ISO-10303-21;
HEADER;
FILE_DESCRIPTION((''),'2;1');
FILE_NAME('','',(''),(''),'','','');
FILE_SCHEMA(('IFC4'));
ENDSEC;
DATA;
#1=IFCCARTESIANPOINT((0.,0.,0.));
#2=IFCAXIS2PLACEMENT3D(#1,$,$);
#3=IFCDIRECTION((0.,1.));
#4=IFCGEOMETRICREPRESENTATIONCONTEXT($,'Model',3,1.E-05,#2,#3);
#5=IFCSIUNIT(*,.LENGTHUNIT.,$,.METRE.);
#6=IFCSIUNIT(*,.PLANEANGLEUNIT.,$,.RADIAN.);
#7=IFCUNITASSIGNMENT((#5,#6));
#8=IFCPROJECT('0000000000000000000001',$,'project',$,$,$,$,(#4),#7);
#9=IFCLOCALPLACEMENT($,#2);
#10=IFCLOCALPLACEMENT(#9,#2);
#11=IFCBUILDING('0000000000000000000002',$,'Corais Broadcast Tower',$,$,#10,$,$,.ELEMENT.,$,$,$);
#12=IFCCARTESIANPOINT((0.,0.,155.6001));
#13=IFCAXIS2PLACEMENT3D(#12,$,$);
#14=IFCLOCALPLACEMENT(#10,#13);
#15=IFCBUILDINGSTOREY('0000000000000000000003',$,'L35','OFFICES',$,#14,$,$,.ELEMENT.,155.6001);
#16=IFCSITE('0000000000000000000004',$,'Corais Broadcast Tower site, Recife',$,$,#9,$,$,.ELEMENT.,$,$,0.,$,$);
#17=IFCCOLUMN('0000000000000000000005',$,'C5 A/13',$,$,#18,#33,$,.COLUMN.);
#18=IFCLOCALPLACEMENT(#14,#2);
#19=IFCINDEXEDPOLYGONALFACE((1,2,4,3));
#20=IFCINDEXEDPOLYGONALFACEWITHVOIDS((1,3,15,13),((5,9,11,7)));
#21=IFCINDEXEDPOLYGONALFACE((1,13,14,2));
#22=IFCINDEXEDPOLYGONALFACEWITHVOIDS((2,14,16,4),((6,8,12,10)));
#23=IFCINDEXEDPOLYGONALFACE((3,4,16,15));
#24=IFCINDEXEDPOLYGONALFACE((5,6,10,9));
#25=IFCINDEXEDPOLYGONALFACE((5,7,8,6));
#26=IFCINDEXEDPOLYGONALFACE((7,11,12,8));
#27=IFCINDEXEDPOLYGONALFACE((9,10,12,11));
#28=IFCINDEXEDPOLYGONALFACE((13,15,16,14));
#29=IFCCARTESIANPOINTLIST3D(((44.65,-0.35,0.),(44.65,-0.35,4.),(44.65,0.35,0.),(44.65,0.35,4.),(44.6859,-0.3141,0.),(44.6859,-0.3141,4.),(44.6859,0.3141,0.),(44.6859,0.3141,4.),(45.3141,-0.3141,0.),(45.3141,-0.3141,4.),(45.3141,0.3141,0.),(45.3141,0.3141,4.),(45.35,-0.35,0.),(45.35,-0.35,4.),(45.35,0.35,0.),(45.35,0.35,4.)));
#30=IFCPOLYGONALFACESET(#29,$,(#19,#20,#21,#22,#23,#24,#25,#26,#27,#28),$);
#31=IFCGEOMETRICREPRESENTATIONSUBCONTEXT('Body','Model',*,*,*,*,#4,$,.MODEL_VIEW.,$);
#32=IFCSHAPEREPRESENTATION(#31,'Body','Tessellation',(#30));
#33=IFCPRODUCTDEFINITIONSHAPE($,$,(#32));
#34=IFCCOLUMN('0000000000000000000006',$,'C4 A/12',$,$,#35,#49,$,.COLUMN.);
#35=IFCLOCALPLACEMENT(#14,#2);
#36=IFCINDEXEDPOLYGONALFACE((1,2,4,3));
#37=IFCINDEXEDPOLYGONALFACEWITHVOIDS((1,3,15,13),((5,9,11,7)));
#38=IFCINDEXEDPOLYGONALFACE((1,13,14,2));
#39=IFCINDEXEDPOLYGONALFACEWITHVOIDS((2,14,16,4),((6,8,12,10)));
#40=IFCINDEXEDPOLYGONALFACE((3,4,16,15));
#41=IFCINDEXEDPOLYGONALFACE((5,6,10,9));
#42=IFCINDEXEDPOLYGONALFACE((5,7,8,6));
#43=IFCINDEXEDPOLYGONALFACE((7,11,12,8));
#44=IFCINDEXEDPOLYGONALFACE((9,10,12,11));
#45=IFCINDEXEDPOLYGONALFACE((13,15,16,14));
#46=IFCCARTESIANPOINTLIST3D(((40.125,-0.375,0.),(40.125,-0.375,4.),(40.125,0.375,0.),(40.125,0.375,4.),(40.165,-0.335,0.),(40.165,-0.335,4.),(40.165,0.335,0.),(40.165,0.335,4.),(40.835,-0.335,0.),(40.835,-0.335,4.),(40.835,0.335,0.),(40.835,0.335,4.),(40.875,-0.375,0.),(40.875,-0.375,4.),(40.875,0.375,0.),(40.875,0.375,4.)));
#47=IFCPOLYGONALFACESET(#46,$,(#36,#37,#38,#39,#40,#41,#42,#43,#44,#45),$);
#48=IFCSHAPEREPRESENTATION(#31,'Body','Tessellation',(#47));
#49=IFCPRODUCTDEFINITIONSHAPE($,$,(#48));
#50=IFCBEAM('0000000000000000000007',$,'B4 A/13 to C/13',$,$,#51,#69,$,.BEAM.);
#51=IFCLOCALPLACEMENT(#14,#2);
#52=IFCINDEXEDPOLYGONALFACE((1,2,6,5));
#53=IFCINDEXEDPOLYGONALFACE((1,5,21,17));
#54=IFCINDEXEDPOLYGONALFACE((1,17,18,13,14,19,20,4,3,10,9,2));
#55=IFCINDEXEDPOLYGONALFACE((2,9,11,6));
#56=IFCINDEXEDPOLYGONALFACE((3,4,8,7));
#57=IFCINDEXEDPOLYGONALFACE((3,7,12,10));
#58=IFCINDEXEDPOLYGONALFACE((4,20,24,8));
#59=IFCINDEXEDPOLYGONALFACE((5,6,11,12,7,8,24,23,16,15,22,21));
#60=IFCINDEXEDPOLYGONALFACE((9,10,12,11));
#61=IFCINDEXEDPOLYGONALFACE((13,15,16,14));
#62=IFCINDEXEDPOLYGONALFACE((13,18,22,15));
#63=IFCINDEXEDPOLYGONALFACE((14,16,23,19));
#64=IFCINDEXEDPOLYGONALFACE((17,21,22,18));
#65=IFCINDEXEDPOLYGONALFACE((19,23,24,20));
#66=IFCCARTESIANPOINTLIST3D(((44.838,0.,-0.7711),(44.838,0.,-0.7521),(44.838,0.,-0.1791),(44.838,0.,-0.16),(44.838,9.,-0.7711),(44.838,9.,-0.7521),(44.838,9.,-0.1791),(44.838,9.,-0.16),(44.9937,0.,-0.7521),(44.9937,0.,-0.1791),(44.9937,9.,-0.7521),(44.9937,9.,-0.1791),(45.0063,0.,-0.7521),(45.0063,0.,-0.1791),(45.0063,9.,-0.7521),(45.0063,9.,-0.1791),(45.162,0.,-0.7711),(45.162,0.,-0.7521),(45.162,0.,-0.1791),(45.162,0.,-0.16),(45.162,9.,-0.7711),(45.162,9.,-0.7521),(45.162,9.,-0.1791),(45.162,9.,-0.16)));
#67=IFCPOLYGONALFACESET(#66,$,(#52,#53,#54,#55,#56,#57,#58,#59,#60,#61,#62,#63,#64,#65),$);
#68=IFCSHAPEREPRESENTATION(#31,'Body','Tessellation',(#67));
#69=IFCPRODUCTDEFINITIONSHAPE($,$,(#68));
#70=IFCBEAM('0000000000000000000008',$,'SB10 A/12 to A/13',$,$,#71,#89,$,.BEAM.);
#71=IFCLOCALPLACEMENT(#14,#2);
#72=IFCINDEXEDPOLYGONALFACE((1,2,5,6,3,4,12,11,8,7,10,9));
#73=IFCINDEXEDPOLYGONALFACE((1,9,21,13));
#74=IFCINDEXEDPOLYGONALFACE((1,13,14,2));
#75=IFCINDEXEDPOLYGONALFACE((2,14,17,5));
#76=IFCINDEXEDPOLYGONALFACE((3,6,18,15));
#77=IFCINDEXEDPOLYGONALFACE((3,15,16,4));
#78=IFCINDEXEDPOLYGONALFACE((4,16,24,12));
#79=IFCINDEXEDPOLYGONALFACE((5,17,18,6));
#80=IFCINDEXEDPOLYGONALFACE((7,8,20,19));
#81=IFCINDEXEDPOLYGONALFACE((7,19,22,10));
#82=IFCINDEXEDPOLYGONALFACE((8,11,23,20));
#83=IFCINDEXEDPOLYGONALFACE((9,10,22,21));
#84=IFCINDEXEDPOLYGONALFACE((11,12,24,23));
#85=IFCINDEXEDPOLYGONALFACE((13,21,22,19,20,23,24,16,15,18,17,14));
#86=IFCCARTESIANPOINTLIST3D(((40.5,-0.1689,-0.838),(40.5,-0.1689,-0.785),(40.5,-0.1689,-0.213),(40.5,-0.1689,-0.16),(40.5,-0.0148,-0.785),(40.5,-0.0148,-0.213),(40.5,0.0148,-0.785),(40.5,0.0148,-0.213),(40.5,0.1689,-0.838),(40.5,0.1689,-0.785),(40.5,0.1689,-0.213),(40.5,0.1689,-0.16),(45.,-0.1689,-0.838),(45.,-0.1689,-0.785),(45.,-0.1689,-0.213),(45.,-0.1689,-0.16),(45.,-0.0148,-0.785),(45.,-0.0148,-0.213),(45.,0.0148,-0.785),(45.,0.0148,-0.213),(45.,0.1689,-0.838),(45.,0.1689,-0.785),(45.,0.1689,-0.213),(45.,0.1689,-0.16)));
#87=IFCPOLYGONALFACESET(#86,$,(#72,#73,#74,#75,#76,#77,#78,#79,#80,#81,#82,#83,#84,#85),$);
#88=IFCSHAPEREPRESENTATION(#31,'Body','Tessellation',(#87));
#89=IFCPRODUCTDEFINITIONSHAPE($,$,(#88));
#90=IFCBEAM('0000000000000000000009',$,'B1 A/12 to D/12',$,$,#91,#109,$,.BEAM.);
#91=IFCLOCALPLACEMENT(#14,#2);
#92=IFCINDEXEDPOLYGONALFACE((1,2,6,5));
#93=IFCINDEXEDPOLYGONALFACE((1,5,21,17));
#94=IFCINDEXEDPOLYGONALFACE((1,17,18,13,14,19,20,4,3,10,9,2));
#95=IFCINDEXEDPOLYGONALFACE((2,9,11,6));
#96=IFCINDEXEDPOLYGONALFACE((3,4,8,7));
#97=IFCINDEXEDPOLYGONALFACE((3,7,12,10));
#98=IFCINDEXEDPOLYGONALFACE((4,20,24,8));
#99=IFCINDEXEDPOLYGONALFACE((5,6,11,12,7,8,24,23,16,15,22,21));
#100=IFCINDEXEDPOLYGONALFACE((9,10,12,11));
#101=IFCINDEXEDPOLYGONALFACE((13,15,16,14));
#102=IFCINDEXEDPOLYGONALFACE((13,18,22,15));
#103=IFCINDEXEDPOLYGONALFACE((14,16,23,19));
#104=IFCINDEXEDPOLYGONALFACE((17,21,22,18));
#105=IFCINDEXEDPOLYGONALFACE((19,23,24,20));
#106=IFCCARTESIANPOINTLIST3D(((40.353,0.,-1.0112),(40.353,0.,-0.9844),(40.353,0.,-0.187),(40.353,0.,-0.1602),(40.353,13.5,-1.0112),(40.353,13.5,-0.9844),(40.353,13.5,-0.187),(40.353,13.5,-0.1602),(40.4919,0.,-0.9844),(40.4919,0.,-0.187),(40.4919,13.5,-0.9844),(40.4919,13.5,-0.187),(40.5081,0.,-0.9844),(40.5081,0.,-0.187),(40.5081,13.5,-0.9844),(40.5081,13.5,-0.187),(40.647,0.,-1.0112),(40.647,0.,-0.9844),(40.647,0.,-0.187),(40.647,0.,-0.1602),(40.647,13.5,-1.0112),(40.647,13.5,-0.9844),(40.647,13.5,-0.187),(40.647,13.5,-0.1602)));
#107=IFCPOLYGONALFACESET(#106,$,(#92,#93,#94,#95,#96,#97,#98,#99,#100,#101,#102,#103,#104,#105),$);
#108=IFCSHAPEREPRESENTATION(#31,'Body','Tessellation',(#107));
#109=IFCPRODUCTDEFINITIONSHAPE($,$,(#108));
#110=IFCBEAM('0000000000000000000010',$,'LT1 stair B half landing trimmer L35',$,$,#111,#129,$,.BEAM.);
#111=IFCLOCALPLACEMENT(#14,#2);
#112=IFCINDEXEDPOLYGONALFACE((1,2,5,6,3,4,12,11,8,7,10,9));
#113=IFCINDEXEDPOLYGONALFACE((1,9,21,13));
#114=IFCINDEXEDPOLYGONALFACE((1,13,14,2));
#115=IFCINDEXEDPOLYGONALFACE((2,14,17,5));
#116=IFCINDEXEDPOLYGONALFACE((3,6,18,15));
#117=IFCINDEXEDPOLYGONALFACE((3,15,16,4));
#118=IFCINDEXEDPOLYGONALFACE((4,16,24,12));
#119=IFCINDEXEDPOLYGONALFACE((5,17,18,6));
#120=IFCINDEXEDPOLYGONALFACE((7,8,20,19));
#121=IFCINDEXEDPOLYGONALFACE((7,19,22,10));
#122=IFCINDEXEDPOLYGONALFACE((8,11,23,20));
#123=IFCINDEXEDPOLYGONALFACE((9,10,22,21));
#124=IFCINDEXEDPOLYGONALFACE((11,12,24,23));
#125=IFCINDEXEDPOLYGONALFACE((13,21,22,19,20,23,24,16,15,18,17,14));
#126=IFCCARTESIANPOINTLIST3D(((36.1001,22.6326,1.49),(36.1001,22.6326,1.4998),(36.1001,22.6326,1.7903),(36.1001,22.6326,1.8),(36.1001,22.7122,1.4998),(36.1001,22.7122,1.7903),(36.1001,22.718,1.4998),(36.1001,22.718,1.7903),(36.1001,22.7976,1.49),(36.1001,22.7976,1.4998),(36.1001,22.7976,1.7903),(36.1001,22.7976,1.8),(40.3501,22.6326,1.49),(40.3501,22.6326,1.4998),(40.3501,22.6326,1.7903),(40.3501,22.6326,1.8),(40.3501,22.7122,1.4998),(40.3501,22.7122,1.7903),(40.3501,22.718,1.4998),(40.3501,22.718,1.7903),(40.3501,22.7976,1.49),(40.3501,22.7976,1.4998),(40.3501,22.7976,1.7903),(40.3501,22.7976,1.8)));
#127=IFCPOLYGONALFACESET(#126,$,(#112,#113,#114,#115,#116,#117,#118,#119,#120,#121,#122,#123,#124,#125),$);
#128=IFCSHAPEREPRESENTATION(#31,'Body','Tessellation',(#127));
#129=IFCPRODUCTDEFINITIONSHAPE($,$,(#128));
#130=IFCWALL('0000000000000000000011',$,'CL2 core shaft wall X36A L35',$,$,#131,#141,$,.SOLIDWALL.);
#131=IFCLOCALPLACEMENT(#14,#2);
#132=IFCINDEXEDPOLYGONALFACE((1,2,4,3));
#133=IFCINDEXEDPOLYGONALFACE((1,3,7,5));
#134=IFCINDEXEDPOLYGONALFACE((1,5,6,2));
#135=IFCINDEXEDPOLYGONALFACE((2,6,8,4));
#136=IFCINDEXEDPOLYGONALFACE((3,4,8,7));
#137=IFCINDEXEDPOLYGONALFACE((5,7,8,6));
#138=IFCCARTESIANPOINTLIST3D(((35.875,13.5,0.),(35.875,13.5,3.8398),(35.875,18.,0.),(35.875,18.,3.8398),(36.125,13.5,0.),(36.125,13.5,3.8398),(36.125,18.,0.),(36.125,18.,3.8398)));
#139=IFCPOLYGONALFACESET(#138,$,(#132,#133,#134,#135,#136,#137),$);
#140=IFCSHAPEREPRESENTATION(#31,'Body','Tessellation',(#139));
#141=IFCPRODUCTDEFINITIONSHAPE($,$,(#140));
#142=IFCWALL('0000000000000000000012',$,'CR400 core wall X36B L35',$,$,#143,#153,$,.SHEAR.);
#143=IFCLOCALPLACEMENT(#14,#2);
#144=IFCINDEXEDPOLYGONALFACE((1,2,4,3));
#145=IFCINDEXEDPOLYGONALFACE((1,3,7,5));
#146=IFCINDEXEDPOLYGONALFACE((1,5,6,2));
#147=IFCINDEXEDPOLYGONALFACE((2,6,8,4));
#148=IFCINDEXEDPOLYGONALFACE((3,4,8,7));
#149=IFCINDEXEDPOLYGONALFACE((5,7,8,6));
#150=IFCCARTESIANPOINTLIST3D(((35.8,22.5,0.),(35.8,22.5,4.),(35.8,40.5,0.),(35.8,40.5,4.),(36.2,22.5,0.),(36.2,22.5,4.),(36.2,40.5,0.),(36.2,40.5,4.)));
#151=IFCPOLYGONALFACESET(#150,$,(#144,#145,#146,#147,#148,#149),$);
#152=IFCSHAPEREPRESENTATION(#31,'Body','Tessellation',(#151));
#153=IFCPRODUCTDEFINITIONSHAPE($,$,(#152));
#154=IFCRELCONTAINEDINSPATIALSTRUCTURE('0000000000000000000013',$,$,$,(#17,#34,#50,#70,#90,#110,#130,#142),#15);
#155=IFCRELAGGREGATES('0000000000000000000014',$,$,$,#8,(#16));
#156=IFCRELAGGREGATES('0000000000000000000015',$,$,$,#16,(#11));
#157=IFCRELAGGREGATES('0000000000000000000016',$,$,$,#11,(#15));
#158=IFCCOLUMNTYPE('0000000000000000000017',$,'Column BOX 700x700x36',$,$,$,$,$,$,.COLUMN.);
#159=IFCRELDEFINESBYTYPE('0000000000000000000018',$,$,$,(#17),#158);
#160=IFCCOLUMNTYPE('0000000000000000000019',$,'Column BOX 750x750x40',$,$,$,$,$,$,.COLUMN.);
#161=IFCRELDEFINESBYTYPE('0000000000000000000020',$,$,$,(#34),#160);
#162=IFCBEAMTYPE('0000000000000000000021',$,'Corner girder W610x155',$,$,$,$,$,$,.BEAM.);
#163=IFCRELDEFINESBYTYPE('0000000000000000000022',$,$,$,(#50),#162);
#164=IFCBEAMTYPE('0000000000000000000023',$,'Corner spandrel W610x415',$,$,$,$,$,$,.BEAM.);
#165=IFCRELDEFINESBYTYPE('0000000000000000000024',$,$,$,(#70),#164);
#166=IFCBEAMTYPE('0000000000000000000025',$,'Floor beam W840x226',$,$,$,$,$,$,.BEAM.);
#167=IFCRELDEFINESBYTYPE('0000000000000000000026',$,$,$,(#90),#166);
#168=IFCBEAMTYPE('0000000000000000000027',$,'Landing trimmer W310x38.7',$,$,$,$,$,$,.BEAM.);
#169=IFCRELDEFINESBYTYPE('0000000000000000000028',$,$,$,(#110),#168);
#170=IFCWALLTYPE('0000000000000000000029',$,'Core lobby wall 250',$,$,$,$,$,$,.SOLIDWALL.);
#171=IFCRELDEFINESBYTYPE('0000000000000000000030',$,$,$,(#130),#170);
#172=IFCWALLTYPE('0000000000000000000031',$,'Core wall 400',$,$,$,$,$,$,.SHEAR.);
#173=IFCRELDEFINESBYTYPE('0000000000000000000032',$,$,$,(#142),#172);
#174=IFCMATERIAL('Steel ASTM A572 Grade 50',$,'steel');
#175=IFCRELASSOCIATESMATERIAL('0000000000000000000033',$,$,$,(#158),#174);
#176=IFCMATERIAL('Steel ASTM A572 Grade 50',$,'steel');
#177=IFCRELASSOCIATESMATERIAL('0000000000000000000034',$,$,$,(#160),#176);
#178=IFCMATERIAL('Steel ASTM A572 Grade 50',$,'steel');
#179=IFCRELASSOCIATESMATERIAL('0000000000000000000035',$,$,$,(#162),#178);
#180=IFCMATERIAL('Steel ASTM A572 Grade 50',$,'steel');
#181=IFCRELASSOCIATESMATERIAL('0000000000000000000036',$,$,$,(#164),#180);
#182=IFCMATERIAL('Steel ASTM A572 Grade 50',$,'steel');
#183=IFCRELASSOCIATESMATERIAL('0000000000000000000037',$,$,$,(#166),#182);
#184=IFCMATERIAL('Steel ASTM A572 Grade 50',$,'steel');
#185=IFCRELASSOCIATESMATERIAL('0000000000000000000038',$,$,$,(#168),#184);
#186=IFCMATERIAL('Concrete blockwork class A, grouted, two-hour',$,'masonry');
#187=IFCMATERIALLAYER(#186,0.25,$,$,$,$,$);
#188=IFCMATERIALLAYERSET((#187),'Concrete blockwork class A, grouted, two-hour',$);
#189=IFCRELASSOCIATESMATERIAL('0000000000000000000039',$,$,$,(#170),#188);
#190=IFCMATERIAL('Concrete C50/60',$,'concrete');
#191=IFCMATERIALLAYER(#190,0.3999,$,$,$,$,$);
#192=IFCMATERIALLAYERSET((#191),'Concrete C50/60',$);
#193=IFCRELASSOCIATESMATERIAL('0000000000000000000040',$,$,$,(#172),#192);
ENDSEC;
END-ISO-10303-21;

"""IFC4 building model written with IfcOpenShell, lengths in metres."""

from ifc_helpers import new_model, si_unit, direction, frame, frame_2d, origin, origin_2d, place, context, subcontext, project, spatial, rectangle, hollow_rectangle, i_section, extrude, material, layer, layer_set, material_profile, profile_set, type_object, element, save


model = new_model("IFC4")

# Units and contexts
model_context = context("Model", 3, precision=1e-05, world=origin(), true_north=direction((0.0, 1.0)))
body_context = subcontext(model_context, "Body", "Model", "MODEL_VIEW")
ifc_project = project(units=[si_unit("LENGTHUNIT", "METRE"), si_unit("PLANEANGLEUNIT", "RADIAN")], contexts=[model_context])

# Site, building, storey
site_placement = place(None, origin())
site = spatial("IfcSite", under=ifc_project, at=site_placement, Name="Corais Broadcast Tower site, Recife", CompositionType="ELEMENT", RefElevation=0.0)
building_placement = place(site_placement, origin())
building = spatial("IfcBuilding", under=site, at=building_placement, Name="Corais Broadcast Tower", CompositionType="ELEMENT")
storey_placement = place(building_placement, frame((0.0, 0.0, 155.6001)))
storey = spatial("IfcBuildingStorey", under=building, at=storey_placement, Name="L35", Description="OFFICES", CompositionType="ELEMENT", Elevation=155.6001)

# Columns
ifc_material_1 = material(Name="Steel ASTM A572 Grade 50", Category="steel")
ifc_material_profile_1 = material_profile(ifc_material_1, hollow_rectangle(XDim=0.7, YDim=0.7, WallThickness=0.0359, at=origin_2d()), Name="BOX 700x700x36")
ifc_profile_set_1 = profile_set([ifc_material_profile_1], Name="Steel ASTM A572 Grade 50")
column_type_1 = type_object("IfcColumnType", Name="Column BOX 700x700x36", PredefinedType="COLUMN", material=ifc_profile_set_1)
column_1_placement = place(storey_placement, frame((45.0, 0.0, 0.0), z_axis=(0.0, 0.0, 1.0), x_axis=(1.0, 0.0, 0.0)))
element("IfcColumn", 1, at=column_1_placement, inside=storey, type_object=column_type_1, Name="C5 A/13", PredefinedType="COLUMN", context=body_context, shape_type="SweptSolid", body=[
    extrude(hollow_rectangle(XDim=0.7, YDim=0.7, WallThickness=0.0359, at=origin_2d()), origin(), (0.0, 0.0, 1.0), 4.0),
])
ifc_material_2 = material(Name="Steel ASTM A572 Grade 50", Category="steel")
ifc_material_profile_2 = material_profile(ifc_material_2, hollow_rectangle(XDim=0.75, YDim=0.75, WallThickness=0.04, at=origin_2d()), Name="BOX 750x750x40")
ifc_profile_set_2 = profile_set([ifc_material_profile_2], Name="Steel ASTM A572 Grade 50")
column_type_2 = type_object("IfcColumnType", Name="Column BOX 750x750x40", PredefinedType="COLUMN", material=ifc_profile_set_2)
column_2_placement = place(storey_placement, frame((40.5, 0.0, 0.0), z_axis=(0.0, 0.0, 1.0), x_axis=(1.0, 0.0, 0.0)))
element("IfcColumn", 2, at=column_2_placement, inside=storey, type_object=column_type_2, Name="C4 A/12", PredefinedType="COLUMN", context=body_context, shape_type="SweptSolid", body=[
    extrude(hollow_rectangle(XDim=0.75, YDim=0.75, WallThickness=0.04, at=origin_2d()), origin(), (0.0, 0.0, 1.0), 4.0),
])

# Beams
ifc_material_3 = material(Name="Steel ASTM A572 Grade 50", Category="steel")
ifc_material_profile_3 = material_profile(ifc_material_3, i_section(OverallWidth=0.324, OverallDepth=0.6111, WebThickness=0.0127, FlangeThickness=0.019, at=origin_2d()), Name="W610x155")
ifc_profile_set_3 = profile_set([ifc_material_profile_3], Name="Steel ASTM A572 Grade 50")
beam_type_1 = type_object("IfcBeamType", Name="Corner girder W610x155", PredefinedType="BEAM", material=ifc_profile_set_3)
beam_1_placement = place(storey_placement, frame((45.0, 0.0, -0.4656), z_axis=(0.0, 1.0, 0.0), x_axis=(-1.0, 0.0, 0.0)))
element("IfcBeam", 3, at=beam_1_placement, inside=storey, type_object=beam_type_1, Name="B4 A/13 to C/13", PredefinedType="BEAM", context=body_context, shape_type="SweptSolid", body=[
    extrude(i_section(OverallWidth=0.324, OverallDepth=0.6111, WebThickness=0.0127, FlangeThickness=0.019, at=origin_2d()), origin(), (0.0, 0.0, 1.0), 9.0),
])
ifc_material_4 = material(Name="Steel ASTM A572 Grade 50", Category="steel")
ifc_material_profile_4 = material_profile(ifc_material_4, i_section(OverallWidth=0.3379, OverallDepth=0.678, WebThickness=0.0295, FlangeThickness=0.053, at=origin_2d()), Name="W610x415")
ifc_profile_set_4 = profile_set([ifc_material_profile_4], Name="Steel ASTM A572 Grade 50")
beam_type_2 = type_object("IfcBeamType", Name="Corner spandrel W610x415", PredefinedType="BEAM", material=ifc_profile_set_4)
beam_2_placement = place(storey_placement, frame((40.5, 0.0, -0.499), z_axis=(1.0, 0.0, 0.0), x_axis=(0.0, 1.0, 0.0)))
element("IfcBeam", 4, at=beam_2_placement, inside=storey, type_object=beam_type_2, Name="SB10 A/12 to A/13", PredefinedType="BEAM", context=body_context, shape_type="SweptSolid", body=[
    extrude(i_section(OverallWidth=0.3379, OverallDepth=0.678, WebThickness=0.0295, FlangeThickness=0.053, at=origin_2d()), origin(), (0.0, 0.0, 1.0), 4.5),
])
ifc_material_5 = material(Name="Steel ASTM A572 Grade 50", Category="steel")
ifc_material_profile_5 = material_profile(ifc_material_5, i_section(OverallWidth=0.2939, OverallDepth=0.8511, WebThickness=0.0161, FlangeThickness=0.0269, at=origin_2d()), Name="W840x226")
ifc_profile_set_5 = profile_set([ifc_material_profile_5], Name="Steel ASTM A572 Grade 50")
beam_type_3 = type_object("IfcBeamType", Name="Floor beam W840x226", PredefinedType="BEAM", material=ifc_profile_set_5)
beam_3_placement = place(storey_placement, frame((40.5, 0.0, -0.5857), z_axis=(0.0, 1.0, 0.0), x_axis=(-1.0, 0.0, 0.0)))
element("IfcBeam", 5, at=beam_3_placement, inside=storey, type_object=beam_type_3, Name="B1 A/12 to D/12", PredefinedType="BEAM", context=body_context, shape_type="SweptSolid", body=[
    extrude(i_section(OverallWidth=0.2939, OverallDepth=0.8511, WebThickness=0.0161, FlangeThickness=0.0269, at=origin_2d()), origin(), (0.0, 0.0, 1.0), 13.5),
])
ifc_material_6 = material(Name="Steel ASTM A572 Grade 50", Category="steel")
ifc_material_profile_6 = material_profile(ifc_material_6, i_section(OverallWidth=0.165, OverallDepth=0.3101, WebThickness=0.0059, FlangeThickness=0.0098, at=origin_2d()), Name="W310x38.7")
ifc_profile_set_6 = profile_set([ifc_material_profile_6], Name="Steel ASTM A572 Grade 50")
beam_type_4 = type_object("IfcBeamType", Name="Landing trimmer W310x38.7", PredefinedType="BEAM", material=ifc_profile_set_6)
beam_4_placement = place(storey_placement, frame((36.1001, 22.7151, 1.645), z_axis=(1.0, 0.0, 0.0), x_axis=(0.0, 1.0, 0.0)))
element("IfcBeam", 6, at=beam_4_placement, inside=storey, type_object=beam_type_4, Name="LT1 stair B half landing trimmer L35", PredefinedType="BEAM", context=body_context, shape_type="SweptSolid", body=[
    extrude(i_section(OverallWidth=0.165, OverallDepth=0.3101, WebThickness=0.0059, FlangeThickness=0.0098, at=origin_2d()), origin(), (0.0, 0.0, 1.0), 4.25),
])

# Walls
ifc_material_7 = material(Name="Concrete blockwork class A, grouted, two-hour", Category="masonry")
ifc_layer_1 = layer(ifc_material_7, 0.25)
ifc_layer_set_1 = layer_set([ifc_layer_1], Name="Concrete blockwork class A, grouted, two-hour")
wall_type_1 = type_object("IfcWallType", Name="Core lobby wall 250", PredefinedType="SOLIDWALL", material=ifc_layer_set_1)
wall_1_placement = place(storey_placement, frame((36.0, 13.5, 0.0), z_axis=(0.0, 0.0, 1.0), x_axis=(0.0, 1.0, 0.0)))
element("IfcWall", 7, at=wall_1_placement, inside=storey, type_object=wall_type_1, Name="CL2 core shaft wall X36A L35", PredefinedType="SOLIDWALL", context=body_context, shape_type="SweptSolid", body=[
    extrude(rectangle(XDim=4.5, YDim=0.25, at=frame_2d((2.25, 0.0))), origin(), (0.0, 0.0, 1.0), 3.8398),
])
ifc_material_8 = material(Name="Concrete C50/60", Category="concrete")
ifc_layer_2 = layer(ifc_material_8, 0.3999)
ifc_layer_set_2 = layer_set([ifc_layer_2], Name="Concrete C50/60")
wall_type_2 = type_object("IfcWallType", Name="Core wall 400", PredefinedType="SHEAR", material=ifc_layer_set_2)
wall_2_placement = place(storey_placement, frame((36.0, 22.5, 0.0), z_axis=(0.0, 0.0, 1.0), x_axis=(0.0, 1.0, 0.0)))
element("IfcWall", 8, at=wall_2_placement, inside=storey, type_object=wall_type_2, Name="CR400 core wall X36B L35", PredefinedType="SHEAR", context=body_context, shape_type="SweptSolid", body=[
    extrude(rectangle(XDim=18.0, YDim=0.3999, at=frame_2d((9.0, 0.0))), origin(), (0.0, 0.0, 1.0), 4.0),
])

save(model, "model.ifc")
